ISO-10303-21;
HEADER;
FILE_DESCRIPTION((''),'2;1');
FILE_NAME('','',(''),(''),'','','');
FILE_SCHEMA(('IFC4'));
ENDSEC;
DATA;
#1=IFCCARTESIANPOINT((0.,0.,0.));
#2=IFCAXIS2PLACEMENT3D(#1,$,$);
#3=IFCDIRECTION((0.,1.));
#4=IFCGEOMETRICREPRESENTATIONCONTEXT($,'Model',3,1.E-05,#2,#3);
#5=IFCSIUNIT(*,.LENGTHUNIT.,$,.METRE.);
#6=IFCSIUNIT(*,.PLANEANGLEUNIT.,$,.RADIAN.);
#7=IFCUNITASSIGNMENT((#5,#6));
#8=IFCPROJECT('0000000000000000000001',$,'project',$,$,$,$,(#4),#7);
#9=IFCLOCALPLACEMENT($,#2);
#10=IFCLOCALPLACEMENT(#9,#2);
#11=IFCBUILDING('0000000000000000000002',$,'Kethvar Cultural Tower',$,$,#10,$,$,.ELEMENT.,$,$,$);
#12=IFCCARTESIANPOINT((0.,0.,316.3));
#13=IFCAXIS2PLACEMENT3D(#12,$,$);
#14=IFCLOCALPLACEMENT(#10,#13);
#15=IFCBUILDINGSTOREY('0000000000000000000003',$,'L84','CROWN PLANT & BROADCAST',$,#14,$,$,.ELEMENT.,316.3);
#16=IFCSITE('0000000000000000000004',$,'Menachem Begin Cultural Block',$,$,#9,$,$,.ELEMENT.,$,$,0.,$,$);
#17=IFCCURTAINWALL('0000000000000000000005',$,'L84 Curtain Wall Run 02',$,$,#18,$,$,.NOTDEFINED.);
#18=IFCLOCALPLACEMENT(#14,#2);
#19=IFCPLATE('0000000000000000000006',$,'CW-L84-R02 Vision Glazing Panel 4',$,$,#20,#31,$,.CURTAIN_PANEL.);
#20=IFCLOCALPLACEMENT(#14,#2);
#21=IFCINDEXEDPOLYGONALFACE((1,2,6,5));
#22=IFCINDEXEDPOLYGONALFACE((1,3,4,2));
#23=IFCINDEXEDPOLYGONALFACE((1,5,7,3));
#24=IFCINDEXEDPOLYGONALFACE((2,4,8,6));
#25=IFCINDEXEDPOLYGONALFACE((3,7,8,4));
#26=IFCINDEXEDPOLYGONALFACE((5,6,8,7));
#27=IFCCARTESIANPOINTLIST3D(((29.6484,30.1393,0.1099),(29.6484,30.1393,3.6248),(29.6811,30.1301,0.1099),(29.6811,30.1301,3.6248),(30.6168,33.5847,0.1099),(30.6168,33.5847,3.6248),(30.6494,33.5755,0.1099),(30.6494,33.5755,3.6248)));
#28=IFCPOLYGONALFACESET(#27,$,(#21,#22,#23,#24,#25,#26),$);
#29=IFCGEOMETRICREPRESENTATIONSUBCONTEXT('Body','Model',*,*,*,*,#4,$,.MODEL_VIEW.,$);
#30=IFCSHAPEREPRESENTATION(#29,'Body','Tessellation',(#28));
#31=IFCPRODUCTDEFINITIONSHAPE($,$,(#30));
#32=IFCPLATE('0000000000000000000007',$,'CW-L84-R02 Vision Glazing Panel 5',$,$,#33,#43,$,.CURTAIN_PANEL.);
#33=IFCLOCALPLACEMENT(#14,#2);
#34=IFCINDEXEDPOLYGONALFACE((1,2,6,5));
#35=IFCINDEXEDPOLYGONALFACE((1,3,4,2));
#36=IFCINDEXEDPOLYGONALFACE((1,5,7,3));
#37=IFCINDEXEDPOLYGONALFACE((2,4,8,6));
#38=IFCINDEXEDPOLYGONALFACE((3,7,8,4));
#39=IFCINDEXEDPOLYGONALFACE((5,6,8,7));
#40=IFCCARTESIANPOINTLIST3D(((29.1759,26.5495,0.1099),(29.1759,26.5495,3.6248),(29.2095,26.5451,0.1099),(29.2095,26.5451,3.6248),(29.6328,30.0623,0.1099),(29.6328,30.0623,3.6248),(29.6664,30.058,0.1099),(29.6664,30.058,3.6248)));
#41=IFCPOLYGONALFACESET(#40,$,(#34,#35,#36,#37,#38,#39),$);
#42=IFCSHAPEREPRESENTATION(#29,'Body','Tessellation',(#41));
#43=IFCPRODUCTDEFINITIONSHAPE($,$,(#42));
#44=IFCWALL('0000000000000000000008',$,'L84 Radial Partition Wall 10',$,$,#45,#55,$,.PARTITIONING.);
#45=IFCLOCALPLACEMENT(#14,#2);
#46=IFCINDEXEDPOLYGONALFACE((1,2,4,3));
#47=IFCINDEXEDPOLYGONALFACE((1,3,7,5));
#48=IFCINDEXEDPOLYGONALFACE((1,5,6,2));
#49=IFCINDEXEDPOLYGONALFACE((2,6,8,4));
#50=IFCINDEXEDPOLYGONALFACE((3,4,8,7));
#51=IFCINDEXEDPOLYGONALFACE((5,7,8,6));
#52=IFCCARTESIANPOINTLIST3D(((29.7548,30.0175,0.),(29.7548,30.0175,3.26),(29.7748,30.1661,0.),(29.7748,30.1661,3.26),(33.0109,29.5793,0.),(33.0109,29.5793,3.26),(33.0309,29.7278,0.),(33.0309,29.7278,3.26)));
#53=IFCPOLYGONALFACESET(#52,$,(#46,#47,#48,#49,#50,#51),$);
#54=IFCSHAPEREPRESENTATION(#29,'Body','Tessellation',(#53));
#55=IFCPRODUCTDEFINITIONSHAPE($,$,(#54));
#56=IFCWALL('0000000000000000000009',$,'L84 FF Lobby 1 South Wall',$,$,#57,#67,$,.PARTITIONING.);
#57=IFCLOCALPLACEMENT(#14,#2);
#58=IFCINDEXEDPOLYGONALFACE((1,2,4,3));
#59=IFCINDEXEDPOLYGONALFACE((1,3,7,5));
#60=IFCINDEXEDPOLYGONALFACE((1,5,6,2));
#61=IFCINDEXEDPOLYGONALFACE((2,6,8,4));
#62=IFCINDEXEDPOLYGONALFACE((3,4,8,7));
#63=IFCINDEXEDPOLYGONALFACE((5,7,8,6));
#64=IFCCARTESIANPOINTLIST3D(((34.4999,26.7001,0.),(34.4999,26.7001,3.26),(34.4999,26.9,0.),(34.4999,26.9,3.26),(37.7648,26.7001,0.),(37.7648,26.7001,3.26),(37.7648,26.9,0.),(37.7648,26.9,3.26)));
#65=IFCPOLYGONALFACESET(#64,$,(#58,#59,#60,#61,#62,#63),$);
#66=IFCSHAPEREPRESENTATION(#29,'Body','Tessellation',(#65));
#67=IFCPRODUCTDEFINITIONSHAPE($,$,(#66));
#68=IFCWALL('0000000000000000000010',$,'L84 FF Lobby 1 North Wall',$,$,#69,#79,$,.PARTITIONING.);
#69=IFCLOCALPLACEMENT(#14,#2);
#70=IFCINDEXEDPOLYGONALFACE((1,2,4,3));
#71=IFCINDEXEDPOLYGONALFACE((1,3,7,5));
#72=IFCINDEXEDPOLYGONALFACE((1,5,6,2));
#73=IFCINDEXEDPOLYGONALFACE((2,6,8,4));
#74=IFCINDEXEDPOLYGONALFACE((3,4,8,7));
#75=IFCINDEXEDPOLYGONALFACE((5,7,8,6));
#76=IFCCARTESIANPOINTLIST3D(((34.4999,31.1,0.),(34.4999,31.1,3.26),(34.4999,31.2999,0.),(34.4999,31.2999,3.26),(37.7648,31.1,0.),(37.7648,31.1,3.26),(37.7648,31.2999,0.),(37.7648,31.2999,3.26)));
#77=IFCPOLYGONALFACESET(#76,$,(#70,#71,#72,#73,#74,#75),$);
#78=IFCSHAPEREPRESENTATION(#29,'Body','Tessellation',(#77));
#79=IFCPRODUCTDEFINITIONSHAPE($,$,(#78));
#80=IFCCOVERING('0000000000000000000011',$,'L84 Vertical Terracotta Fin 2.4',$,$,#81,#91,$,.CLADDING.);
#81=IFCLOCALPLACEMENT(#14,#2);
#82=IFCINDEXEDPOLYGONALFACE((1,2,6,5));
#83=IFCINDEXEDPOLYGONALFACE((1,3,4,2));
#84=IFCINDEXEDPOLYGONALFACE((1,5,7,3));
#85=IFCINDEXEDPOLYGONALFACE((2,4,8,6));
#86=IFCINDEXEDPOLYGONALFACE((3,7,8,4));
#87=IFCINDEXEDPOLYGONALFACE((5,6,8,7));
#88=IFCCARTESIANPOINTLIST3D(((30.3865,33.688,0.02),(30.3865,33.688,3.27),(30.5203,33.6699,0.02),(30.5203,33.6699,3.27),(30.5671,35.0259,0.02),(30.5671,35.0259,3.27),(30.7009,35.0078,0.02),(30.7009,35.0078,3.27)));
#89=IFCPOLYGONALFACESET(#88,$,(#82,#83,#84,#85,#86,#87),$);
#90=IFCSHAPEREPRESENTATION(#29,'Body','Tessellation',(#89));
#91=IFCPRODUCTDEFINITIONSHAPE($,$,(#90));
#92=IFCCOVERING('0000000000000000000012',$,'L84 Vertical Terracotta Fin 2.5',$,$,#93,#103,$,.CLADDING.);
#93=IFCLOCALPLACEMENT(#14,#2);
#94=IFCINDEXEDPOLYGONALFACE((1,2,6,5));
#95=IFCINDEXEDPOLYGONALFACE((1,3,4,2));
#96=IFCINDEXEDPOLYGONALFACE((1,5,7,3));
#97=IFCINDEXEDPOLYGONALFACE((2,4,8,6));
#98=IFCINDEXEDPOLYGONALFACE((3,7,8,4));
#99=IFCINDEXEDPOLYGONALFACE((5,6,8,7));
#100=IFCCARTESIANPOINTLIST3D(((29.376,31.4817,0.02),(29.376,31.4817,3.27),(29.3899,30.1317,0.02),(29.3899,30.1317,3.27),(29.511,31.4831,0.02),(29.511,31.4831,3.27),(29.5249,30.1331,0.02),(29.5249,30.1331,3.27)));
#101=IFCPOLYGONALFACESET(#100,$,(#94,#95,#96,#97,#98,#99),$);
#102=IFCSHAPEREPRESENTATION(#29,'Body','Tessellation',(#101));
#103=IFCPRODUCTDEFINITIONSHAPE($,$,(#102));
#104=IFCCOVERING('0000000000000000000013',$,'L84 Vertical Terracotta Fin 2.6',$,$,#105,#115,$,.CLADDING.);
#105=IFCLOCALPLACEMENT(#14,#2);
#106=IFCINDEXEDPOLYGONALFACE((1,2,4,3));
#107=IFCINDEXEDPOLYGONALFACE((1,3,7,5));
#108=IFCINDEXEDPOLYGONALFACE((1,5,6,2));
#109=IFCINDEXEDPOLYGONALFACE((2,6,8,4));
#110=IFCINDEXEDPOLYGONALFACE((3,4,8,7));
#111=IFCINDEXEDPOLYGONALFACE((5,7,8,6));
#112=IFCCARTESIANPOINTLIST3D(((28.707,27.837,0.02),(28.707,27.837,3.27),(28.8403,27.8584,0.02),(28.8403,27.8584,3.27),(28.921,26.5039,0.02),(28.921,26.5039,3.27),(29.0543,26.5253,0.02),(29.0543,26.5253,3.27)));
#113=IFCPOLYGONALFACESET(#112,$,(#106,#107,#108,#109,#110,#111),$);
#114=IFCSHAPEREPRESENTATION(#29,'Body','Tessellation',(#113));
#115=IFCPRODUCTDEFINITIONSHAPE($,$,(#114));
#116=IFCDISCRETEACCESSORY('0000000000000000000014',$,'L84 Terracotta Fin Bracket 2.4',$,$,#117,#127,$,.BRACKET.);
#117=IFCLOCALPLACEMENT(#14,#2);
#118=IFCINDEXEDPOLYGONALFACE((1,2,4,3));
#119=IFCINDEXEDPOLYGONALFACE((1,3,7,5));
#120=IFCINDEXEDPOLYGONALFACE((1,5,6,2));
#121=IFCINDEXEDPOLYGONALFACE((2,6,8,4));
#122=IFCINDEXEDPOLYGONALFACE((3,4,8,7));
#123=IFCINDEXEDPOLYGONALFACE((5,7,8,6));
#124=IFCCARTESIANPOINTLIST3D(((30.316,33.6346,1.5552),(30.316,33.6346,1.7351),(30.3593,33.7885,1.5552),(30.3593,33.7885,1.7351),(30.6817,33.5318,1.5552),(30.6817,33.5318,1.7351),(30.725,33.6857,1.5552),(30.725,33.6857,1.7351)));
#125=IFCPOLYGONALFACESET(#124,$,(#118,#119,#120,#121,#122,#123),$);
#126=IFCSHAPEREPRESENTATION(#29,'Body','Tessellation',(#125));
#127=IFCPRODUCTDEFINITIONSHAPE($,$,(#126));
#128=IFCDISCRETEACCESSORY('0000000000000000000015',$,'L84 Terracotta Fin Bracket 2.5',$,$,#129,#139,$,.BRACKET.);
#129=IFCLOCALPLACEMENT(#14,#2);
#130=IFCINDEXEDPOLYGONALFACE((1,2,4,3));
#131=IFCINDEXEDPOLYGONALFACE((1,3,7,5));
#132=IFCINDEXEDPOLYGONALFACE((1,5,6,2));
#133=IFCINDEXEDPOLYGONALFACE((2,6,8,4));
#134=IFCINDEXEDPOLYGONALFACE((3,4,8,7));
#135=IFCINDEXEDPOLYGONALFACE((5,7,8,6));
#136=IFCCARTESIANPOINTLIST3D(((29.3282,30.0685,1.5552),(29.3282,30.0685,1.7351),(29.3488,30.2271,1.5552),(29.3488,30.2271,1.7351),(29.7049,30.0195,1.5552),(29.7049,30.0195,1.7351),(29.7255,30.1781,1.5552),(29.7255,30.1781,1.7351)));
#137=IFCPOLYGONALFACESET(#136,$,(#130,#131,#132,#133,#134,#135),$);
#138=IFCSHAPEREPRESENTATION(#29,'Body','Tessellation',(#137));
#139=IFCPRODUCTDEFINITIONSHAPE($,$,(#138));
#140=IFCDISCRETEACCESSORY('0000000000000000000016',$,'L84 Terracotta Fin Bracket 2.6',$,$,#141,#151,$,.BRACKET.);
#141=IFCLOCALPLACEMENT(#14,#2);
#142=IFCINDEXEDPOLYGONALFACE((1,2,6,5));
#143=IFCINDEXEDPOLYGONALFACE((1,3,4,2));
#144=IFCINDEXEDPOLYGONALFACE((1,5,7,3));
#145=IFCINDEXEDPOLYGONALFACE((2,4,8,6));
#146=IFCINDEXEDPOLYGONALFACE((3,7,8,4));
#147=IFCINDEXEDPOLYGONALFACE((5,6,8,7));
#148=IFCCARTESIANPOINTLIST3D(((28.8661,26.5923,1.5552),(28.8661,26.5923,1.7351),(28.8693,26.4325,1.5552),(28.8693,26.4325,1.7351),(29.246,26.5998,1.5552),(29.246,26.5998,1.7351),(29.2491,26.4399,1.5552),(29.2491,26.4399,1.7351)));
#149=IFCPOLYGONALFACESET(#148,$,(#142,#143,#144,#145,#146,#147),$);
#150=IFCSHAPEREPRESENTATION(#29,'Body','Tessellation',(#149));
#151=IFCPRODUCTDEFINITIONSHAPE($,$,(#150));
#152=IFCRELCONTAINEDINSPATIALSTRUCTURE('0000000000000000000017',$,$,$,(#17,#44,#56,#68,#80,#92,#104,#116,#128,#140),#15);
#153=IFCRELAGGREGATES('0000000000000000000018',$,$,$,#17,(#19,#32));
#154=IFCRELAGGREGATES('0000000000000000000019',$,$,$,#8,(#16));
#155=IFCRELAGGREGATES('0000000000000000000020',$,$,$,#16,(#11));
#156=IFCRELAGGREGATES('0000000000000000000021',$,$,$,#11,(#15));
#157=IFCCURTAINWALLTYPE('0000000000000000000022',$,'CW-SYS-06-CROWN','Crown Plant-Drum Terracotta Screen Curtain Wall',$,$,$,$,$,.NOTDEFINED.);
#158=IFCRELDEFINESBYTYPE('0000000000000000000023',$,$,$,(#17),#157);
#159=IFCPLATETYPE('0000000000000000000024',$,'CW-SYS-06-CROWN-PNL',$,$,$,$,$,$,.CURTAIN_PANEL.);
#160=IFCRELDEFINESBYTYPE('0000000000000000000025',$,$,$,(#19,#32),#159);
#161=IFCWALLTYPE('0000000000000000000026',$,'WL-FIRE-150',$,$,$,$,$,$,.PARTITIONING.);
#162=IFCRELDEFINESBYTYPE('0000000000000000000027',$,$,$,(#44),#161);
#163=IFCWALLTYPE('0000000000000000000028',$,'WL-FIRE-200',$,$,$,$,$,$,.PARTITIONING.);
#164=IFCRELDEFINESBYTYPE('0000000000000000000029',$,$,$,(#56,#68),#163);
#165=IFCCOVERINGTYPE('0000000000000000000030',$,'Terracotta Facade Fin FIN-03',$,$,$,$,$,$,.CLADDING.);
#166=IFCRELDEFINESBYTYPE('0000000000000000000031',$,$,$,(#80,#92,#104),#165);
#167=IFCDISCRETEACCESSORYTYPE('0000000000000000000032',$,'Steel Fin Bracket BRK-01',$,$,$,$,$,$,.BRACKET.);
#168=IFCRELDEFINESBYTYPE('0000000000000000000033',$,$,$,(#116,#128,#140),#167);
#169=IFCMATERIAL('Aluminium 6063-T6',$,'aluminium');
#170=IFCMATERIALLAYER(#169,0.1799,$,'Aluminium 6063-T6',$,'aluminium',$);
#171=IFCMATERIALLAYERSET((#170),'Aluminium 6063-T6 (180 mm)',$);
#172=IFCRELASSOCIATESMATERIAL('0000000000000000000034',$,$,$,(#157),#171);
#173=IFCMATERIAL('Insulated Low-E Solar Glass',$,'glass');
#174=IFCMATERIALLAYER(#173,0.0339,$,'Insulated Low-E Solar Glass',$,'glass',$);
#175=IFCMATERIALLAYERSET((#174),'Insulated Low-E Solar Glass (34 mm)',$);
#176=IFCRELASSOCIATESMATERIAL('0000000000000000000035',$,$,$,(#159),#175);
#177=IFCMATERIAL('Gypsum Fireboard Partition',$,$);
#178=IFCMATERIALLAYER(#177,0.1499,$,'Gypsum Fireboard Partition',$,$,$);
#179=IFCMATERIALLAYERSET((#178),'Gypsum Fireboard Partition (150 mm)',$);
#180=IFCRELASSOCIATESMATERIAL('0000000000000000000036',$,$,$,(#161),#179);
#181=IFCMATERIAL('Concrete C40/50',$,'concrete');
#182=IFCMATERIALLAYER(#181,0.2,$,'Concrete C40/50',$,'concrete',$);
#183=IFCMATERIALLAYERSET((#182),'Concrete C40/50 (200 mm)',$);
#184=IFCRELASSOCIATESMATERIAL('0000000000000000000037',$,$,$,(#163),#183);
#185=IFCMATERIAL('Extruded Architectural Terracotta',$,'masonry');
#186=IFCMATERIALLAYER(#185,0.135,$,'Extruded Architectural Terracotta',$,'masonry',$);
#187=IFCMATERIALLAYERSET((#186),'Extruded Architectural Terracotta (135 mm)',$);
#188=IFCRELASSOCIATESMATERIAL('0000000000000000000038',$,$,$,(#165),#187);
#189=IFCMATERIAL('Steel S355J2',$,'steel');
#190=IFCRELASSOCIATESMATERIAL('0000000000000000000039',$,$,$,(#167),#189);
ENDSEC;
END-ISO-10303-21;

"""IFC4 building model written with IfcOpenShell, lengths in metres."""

from ifc_helpers import new_model, si_unit, direction, frame, frame_2d, origin, origin_2d, place, context, subcontext, project, spatial, rectangle, extrude, source, transform, mapped, material, layer, layer_set, type_object, element, aggregate, save


model = new_model("IFC4")

# Units and contexts
model_context = context("Model", 3, precision=1e-05, world=origin(), true_north=direction((0.0, 1.0)))
body_context = subcontext(model_context, "Body", "Model", "MODEL_VIEW")
ifc_project = project(units=[si_unit("LENGTHUNIT", "METRE"), si_unit("PLANEANGLEUNIT", "RADIAN")], contexts=[model_context])

# Site, building, storey
site_placement = place(None, origin())
site = spatial("IfcSite", under=ifc_project, at=site_placement, Name="Menachem Begin Cultural Block", CompositionType="ELEMENT", RefElevation=0.0)
building_placement = place(site_placement, origin())
building = spatial("IfcBuilding", under=site, at=building_placement, Name="Kethvar Cultural Tower", CompositionType="ELEMENT")
storey_placement = place(building_placement, frame((0.0, 0.0, 316.3)))
storey = spatial("IfcBuildingStorey", under=building, at=storey_placement, Name="L84", Description="CROWN PLANT & BROADCAST", CompositionType="ELEMENT", Elevation=316.3)

# Shared definitions
ifc_material_1 = material(Name="Steel S355J2", Category="steel")

# Curtain wall, plates
ifc_material_2 = material(Name="Aluminium 6063-T6", Category="aluminium")
ifc_layer_1 = layer(ifc_material_2, 0.1799, Name="Aluminium 6063-T6", Category="aluminium")
ifc_layer_set_1 = layer_set([ifc_layer_1], Name="Aluminium 6063-T6 (180 mm)")
curtain_wall_type = type_object("IfcCurtainWallType", Name="CW-SYS-06-CROWN", Description="Crown Plant-Drum Terracotta Screen Curtain Wall", PredefinedType="NOTDEFINED", material=ifc_layer_set_1)
curtain_wall_placement = place(storey_placement, origin())
curtain_wall = element("IfcCurtainWall", 1, at=curtain_wall_placement, inside=storey, type_object=curtain_wall_type, Name="L84 Curtain Wall Run 02", PredefinedType="NOTDEFINED")
ifc_material_3 = material(Name="Insulated Low-E Solar Glass", Category="glass")
ifc_layer_2 = layer(ifc_material_3, 0.0339, Name="Insulated Low-E Solar Glass", Category="glass")
ifc_layer_set_2 = layer_set([ifc_layer_2], Name="Insulated Low-E Solar Glass (34 mm)")
plate_type = type_object("IfcPlateType", Name="CW-SYS-06-CROWN-PNL", PredefinedType="CURTAIN_PANEL", material=ifc_layer_set_2)
shared_shape_1 = source(origin(), body_context, "Body", "SweptSolid", [
    extrude(rectangle(XDim=3.5789, YDim=0.0339, at=origin_2d()), origin(), (0.0, 0.0, 1.0), 3.5149),
])
plate_1_placement = place(storey_placement, frame((30.1489, 31.8574, 0.1099), z_axis=(0.0, 0.0, 1.0), x_axis=(-0.270567, -0.962701, 0.0)))
plate_1 = element("IfcPlate", 2, at=plate_1_placement, type_object=plate_type, Name="CW-L84-R02 Vision Glazing Panel 4", PredefinedType="CURTAIN_PANEL", context=body_context, shape_type="MappedRepresentation", body=[
    mapped(shared_shape_1, transform((0.0, 0.0, 0.0), scale=1.0)),
])
shared_shape_2 = source(origin(), body_context, "Body", "SweptSolid", [
    extrude(rectangle(XDim=3.5425, YDim=0.0339, at=origin_2d()), origin(), (0.0, 0.0, 1.0), 3.5149),
])
plate_2_placement = place(storey_placement, frame((29.4211, 28.3037, 0.1099), z_axis=(0.0, 0.0, 1.0), x_axis=(-0.128986, -0.991646, 0.0)))
plate_2 = element("IfcPlate", 3, at=plate_2_placement, type_object=plate_type, Name="CW-L84-R02 Vision Glazing Panel 5", PredefinedType="CURTAIN_PANEL", context=body_context, shape_type="MappedRepresentation", body=[
    mapped(shared_shape_2, transform((0.0, 0.0, 0.0), scale=1.0)),
])
aggregate(curtain_wall, [plate_1, plate_2])

# Wall
ifc_material_4 = material(Name="Gypsum Fireboard Partition")
ifc_layer_3 = layer(ifc_material_4, 0.1499, Name="Gypsum Fireboard Partition")
ifc_layer_set_3 = layer_set([ifc_layer_3], Name="Gypsum Fireboard Partition (150 mm)")
wall_type_1 = type_object("IfcWallType", Name="WL-FIRE-150", PredefinedType="PARTITIONING", material=ifc_layer_set_3)
wall_1_placement = place(storey_placement, frame((33.0208, 29.6536, 0.0), z_axis=(0.0, 0.0, 1.0), x_axis=(-0.991064, 0.133385, 0.0)))
element("IfcWall", 4, at=wall_1_placement, inside=storey, type_object=wall_type_1, Name="L84 Radial Partition Wall 10", PredefinedType="PARTITIONING", context=body_context, shape_type="SweptSolid", body=[
    extrude(rectangle(XDim=3.2854, YDim=0.1499, at=frame_2d((1.6426, 0.0))), origin(), (0.0, 0.0, 1.0), 3.26),
])

# Shared definitions
ifc_material_5 = material(Name="Concrete C40/50", Category="concrete")
ifc_layer_4 = layer(ifc_material_5, 0.2, Name="Concrete C40/50", Category="concrete")
ifc_layer_set_4 = layer_set([ifc_layer_4], Name="Concrete C40/50 (200 mm)")
wall_type_2 = type_object("IfcWallType", Name="WL-FIRE-200", PredefinedType="PARTITIONING", material=ifc_layer_set_4)

# Walls
for number, where, z_axis, x_axis, name in (
    (5, (34.5, 26.8, 0.0), (0.0, 0.0, 1.0), (1.0, 0.0, 0.0), "L84 FF Lobby 1 South Wall"),
    (6, (34.5, 31.2, 0.0), (0.0, 0.0, 1.0), (1.0, 0.0, 0.0), "L84 FF Lobby 1 North Wall"),
):
    element("IfcWall", number, at=place(storey_placement, frame(where, z_axis=z_axis, x_axis=x_axis)), inside=storey, type_object=wall_type_2, Name=name, PredefinedType="PARTITIONING", context=body_context, shape_type="SweptSolid", body=[
        extrude(rectangle(XDim=3.2649, YDim=0.2, at=frame_2d((1.6323, 0.0))), origin(), (0.0, 0.0, 1.0), 3.26),
    ])

# Coverings
ifc_material_6 = material(Name="Extruded Architectural Terracotta", Category="masonry")
ifc_layer_5 = layer(ifc_material_6, 0.135, Name="Extruded Architectural Terracotta", Category="masonry")
ifc_layer_set_5 = layer_set([ifc_layer_5], Name="Extruded Architectural Terracotta (135 mm)")
covering_type = type_object("IfcCoveringType", Name="Terracotta Facade Fin FIN-03", PredefinedType="CLADDING", material=ifc_layer_set_5)
shared_shape_3 = source(origin(), body_context, "Body", "SweptSolid", [
    extrude(rectangle(XDim=1.3501, YDim=0.135, at=origin_2d()), origin(), (0.0, 0.0, 1.0), 3.25),
])
for number, where, z_axis, x_axis, name in (
    (7, (30.5437, 34.3479, 0.02), (0.0, 0.0, 1.0), (0.133813, 0.991007, 0.0), "L84 Vertical Terracotta Fin 2.4"),
    (8, (29.4504, 30.8074, 0.02), (0.0, 0.0, 1.0), (-0.010297, 0.999947, 0.0), "L84 Vertical Terracotta Fin 2.5"),
    (9, (28.8806, 27.1812, 0.02), (0.0, 0.0, 1.0), (-0.158503, 0.987359, 0.0), "L84 Vertical Terracotta Fin 2.6"),
):
    element("IfcCovering", number, at=place(storey_placement, frame(where, z_axis=z_axis, x_axis=x_axis)), inside=storey, type_object=covering_type, Name=name, PredefinedType="CLADDING", context=body_context, shape_type="MappedRepresentation", body=[
        mapped(shared_shape_3, transform((0.0, 0.0, 0.0), scale=1.0)),
    ])

# Discrete accessories
discrete_accessory_type = type_object("IfcDiscreteAccessoryType", Name="Steel Fin Bracket BRK-01", PredefinedType="BRACKET", material=ifc_material_1)
shared_shape_4 = source(origin(), body_context, "Body", "SweptSolid", [
    extrude(rectangle(XDim=0.3799, YDim=0.1599, at=origin_2d()), origin(), (0.0, 0.0, 1.0), 0.1799),
])
for number, where, z_axis, x_axis, name in (
    (10, (30.5205, 33.6602, 1.5552), (0.0, 0.0, 1.0), (-0.962692, 0.2706, 0.0), "L84 Terracotta Fin Bracket 2.4"),
    (11, (29.5269, 30.1233, 1.5552), (0.0, 0.0, 1.0), (-0.991649, 0.128969, 0.0), "L84 Terracotta Fin Bracket 2.5"),
    (12, (29.0576, 26.5161, 1.5552), (0.0, 0.0, 1.0), (-0.999809, -0.019546, 0.0), "L84 Terracotta Fin Bracket 2.6"),
):
    element("IfcDiscreteAccessory", number, at=place(storey_placement, frame(where, z_axis=z_axis, x_axis=x_axis)), inside=storey, type_object=discrete_accessory_type, Name=name, PredefinedType="BRACKET", context=body_context, shape_type="MappedRepresentation", body=[
        mapped(shared_shape_4, transform((0.0, 0.0, 0.0), scale=1.0)),
    ])

save(model, "model.ifc")
